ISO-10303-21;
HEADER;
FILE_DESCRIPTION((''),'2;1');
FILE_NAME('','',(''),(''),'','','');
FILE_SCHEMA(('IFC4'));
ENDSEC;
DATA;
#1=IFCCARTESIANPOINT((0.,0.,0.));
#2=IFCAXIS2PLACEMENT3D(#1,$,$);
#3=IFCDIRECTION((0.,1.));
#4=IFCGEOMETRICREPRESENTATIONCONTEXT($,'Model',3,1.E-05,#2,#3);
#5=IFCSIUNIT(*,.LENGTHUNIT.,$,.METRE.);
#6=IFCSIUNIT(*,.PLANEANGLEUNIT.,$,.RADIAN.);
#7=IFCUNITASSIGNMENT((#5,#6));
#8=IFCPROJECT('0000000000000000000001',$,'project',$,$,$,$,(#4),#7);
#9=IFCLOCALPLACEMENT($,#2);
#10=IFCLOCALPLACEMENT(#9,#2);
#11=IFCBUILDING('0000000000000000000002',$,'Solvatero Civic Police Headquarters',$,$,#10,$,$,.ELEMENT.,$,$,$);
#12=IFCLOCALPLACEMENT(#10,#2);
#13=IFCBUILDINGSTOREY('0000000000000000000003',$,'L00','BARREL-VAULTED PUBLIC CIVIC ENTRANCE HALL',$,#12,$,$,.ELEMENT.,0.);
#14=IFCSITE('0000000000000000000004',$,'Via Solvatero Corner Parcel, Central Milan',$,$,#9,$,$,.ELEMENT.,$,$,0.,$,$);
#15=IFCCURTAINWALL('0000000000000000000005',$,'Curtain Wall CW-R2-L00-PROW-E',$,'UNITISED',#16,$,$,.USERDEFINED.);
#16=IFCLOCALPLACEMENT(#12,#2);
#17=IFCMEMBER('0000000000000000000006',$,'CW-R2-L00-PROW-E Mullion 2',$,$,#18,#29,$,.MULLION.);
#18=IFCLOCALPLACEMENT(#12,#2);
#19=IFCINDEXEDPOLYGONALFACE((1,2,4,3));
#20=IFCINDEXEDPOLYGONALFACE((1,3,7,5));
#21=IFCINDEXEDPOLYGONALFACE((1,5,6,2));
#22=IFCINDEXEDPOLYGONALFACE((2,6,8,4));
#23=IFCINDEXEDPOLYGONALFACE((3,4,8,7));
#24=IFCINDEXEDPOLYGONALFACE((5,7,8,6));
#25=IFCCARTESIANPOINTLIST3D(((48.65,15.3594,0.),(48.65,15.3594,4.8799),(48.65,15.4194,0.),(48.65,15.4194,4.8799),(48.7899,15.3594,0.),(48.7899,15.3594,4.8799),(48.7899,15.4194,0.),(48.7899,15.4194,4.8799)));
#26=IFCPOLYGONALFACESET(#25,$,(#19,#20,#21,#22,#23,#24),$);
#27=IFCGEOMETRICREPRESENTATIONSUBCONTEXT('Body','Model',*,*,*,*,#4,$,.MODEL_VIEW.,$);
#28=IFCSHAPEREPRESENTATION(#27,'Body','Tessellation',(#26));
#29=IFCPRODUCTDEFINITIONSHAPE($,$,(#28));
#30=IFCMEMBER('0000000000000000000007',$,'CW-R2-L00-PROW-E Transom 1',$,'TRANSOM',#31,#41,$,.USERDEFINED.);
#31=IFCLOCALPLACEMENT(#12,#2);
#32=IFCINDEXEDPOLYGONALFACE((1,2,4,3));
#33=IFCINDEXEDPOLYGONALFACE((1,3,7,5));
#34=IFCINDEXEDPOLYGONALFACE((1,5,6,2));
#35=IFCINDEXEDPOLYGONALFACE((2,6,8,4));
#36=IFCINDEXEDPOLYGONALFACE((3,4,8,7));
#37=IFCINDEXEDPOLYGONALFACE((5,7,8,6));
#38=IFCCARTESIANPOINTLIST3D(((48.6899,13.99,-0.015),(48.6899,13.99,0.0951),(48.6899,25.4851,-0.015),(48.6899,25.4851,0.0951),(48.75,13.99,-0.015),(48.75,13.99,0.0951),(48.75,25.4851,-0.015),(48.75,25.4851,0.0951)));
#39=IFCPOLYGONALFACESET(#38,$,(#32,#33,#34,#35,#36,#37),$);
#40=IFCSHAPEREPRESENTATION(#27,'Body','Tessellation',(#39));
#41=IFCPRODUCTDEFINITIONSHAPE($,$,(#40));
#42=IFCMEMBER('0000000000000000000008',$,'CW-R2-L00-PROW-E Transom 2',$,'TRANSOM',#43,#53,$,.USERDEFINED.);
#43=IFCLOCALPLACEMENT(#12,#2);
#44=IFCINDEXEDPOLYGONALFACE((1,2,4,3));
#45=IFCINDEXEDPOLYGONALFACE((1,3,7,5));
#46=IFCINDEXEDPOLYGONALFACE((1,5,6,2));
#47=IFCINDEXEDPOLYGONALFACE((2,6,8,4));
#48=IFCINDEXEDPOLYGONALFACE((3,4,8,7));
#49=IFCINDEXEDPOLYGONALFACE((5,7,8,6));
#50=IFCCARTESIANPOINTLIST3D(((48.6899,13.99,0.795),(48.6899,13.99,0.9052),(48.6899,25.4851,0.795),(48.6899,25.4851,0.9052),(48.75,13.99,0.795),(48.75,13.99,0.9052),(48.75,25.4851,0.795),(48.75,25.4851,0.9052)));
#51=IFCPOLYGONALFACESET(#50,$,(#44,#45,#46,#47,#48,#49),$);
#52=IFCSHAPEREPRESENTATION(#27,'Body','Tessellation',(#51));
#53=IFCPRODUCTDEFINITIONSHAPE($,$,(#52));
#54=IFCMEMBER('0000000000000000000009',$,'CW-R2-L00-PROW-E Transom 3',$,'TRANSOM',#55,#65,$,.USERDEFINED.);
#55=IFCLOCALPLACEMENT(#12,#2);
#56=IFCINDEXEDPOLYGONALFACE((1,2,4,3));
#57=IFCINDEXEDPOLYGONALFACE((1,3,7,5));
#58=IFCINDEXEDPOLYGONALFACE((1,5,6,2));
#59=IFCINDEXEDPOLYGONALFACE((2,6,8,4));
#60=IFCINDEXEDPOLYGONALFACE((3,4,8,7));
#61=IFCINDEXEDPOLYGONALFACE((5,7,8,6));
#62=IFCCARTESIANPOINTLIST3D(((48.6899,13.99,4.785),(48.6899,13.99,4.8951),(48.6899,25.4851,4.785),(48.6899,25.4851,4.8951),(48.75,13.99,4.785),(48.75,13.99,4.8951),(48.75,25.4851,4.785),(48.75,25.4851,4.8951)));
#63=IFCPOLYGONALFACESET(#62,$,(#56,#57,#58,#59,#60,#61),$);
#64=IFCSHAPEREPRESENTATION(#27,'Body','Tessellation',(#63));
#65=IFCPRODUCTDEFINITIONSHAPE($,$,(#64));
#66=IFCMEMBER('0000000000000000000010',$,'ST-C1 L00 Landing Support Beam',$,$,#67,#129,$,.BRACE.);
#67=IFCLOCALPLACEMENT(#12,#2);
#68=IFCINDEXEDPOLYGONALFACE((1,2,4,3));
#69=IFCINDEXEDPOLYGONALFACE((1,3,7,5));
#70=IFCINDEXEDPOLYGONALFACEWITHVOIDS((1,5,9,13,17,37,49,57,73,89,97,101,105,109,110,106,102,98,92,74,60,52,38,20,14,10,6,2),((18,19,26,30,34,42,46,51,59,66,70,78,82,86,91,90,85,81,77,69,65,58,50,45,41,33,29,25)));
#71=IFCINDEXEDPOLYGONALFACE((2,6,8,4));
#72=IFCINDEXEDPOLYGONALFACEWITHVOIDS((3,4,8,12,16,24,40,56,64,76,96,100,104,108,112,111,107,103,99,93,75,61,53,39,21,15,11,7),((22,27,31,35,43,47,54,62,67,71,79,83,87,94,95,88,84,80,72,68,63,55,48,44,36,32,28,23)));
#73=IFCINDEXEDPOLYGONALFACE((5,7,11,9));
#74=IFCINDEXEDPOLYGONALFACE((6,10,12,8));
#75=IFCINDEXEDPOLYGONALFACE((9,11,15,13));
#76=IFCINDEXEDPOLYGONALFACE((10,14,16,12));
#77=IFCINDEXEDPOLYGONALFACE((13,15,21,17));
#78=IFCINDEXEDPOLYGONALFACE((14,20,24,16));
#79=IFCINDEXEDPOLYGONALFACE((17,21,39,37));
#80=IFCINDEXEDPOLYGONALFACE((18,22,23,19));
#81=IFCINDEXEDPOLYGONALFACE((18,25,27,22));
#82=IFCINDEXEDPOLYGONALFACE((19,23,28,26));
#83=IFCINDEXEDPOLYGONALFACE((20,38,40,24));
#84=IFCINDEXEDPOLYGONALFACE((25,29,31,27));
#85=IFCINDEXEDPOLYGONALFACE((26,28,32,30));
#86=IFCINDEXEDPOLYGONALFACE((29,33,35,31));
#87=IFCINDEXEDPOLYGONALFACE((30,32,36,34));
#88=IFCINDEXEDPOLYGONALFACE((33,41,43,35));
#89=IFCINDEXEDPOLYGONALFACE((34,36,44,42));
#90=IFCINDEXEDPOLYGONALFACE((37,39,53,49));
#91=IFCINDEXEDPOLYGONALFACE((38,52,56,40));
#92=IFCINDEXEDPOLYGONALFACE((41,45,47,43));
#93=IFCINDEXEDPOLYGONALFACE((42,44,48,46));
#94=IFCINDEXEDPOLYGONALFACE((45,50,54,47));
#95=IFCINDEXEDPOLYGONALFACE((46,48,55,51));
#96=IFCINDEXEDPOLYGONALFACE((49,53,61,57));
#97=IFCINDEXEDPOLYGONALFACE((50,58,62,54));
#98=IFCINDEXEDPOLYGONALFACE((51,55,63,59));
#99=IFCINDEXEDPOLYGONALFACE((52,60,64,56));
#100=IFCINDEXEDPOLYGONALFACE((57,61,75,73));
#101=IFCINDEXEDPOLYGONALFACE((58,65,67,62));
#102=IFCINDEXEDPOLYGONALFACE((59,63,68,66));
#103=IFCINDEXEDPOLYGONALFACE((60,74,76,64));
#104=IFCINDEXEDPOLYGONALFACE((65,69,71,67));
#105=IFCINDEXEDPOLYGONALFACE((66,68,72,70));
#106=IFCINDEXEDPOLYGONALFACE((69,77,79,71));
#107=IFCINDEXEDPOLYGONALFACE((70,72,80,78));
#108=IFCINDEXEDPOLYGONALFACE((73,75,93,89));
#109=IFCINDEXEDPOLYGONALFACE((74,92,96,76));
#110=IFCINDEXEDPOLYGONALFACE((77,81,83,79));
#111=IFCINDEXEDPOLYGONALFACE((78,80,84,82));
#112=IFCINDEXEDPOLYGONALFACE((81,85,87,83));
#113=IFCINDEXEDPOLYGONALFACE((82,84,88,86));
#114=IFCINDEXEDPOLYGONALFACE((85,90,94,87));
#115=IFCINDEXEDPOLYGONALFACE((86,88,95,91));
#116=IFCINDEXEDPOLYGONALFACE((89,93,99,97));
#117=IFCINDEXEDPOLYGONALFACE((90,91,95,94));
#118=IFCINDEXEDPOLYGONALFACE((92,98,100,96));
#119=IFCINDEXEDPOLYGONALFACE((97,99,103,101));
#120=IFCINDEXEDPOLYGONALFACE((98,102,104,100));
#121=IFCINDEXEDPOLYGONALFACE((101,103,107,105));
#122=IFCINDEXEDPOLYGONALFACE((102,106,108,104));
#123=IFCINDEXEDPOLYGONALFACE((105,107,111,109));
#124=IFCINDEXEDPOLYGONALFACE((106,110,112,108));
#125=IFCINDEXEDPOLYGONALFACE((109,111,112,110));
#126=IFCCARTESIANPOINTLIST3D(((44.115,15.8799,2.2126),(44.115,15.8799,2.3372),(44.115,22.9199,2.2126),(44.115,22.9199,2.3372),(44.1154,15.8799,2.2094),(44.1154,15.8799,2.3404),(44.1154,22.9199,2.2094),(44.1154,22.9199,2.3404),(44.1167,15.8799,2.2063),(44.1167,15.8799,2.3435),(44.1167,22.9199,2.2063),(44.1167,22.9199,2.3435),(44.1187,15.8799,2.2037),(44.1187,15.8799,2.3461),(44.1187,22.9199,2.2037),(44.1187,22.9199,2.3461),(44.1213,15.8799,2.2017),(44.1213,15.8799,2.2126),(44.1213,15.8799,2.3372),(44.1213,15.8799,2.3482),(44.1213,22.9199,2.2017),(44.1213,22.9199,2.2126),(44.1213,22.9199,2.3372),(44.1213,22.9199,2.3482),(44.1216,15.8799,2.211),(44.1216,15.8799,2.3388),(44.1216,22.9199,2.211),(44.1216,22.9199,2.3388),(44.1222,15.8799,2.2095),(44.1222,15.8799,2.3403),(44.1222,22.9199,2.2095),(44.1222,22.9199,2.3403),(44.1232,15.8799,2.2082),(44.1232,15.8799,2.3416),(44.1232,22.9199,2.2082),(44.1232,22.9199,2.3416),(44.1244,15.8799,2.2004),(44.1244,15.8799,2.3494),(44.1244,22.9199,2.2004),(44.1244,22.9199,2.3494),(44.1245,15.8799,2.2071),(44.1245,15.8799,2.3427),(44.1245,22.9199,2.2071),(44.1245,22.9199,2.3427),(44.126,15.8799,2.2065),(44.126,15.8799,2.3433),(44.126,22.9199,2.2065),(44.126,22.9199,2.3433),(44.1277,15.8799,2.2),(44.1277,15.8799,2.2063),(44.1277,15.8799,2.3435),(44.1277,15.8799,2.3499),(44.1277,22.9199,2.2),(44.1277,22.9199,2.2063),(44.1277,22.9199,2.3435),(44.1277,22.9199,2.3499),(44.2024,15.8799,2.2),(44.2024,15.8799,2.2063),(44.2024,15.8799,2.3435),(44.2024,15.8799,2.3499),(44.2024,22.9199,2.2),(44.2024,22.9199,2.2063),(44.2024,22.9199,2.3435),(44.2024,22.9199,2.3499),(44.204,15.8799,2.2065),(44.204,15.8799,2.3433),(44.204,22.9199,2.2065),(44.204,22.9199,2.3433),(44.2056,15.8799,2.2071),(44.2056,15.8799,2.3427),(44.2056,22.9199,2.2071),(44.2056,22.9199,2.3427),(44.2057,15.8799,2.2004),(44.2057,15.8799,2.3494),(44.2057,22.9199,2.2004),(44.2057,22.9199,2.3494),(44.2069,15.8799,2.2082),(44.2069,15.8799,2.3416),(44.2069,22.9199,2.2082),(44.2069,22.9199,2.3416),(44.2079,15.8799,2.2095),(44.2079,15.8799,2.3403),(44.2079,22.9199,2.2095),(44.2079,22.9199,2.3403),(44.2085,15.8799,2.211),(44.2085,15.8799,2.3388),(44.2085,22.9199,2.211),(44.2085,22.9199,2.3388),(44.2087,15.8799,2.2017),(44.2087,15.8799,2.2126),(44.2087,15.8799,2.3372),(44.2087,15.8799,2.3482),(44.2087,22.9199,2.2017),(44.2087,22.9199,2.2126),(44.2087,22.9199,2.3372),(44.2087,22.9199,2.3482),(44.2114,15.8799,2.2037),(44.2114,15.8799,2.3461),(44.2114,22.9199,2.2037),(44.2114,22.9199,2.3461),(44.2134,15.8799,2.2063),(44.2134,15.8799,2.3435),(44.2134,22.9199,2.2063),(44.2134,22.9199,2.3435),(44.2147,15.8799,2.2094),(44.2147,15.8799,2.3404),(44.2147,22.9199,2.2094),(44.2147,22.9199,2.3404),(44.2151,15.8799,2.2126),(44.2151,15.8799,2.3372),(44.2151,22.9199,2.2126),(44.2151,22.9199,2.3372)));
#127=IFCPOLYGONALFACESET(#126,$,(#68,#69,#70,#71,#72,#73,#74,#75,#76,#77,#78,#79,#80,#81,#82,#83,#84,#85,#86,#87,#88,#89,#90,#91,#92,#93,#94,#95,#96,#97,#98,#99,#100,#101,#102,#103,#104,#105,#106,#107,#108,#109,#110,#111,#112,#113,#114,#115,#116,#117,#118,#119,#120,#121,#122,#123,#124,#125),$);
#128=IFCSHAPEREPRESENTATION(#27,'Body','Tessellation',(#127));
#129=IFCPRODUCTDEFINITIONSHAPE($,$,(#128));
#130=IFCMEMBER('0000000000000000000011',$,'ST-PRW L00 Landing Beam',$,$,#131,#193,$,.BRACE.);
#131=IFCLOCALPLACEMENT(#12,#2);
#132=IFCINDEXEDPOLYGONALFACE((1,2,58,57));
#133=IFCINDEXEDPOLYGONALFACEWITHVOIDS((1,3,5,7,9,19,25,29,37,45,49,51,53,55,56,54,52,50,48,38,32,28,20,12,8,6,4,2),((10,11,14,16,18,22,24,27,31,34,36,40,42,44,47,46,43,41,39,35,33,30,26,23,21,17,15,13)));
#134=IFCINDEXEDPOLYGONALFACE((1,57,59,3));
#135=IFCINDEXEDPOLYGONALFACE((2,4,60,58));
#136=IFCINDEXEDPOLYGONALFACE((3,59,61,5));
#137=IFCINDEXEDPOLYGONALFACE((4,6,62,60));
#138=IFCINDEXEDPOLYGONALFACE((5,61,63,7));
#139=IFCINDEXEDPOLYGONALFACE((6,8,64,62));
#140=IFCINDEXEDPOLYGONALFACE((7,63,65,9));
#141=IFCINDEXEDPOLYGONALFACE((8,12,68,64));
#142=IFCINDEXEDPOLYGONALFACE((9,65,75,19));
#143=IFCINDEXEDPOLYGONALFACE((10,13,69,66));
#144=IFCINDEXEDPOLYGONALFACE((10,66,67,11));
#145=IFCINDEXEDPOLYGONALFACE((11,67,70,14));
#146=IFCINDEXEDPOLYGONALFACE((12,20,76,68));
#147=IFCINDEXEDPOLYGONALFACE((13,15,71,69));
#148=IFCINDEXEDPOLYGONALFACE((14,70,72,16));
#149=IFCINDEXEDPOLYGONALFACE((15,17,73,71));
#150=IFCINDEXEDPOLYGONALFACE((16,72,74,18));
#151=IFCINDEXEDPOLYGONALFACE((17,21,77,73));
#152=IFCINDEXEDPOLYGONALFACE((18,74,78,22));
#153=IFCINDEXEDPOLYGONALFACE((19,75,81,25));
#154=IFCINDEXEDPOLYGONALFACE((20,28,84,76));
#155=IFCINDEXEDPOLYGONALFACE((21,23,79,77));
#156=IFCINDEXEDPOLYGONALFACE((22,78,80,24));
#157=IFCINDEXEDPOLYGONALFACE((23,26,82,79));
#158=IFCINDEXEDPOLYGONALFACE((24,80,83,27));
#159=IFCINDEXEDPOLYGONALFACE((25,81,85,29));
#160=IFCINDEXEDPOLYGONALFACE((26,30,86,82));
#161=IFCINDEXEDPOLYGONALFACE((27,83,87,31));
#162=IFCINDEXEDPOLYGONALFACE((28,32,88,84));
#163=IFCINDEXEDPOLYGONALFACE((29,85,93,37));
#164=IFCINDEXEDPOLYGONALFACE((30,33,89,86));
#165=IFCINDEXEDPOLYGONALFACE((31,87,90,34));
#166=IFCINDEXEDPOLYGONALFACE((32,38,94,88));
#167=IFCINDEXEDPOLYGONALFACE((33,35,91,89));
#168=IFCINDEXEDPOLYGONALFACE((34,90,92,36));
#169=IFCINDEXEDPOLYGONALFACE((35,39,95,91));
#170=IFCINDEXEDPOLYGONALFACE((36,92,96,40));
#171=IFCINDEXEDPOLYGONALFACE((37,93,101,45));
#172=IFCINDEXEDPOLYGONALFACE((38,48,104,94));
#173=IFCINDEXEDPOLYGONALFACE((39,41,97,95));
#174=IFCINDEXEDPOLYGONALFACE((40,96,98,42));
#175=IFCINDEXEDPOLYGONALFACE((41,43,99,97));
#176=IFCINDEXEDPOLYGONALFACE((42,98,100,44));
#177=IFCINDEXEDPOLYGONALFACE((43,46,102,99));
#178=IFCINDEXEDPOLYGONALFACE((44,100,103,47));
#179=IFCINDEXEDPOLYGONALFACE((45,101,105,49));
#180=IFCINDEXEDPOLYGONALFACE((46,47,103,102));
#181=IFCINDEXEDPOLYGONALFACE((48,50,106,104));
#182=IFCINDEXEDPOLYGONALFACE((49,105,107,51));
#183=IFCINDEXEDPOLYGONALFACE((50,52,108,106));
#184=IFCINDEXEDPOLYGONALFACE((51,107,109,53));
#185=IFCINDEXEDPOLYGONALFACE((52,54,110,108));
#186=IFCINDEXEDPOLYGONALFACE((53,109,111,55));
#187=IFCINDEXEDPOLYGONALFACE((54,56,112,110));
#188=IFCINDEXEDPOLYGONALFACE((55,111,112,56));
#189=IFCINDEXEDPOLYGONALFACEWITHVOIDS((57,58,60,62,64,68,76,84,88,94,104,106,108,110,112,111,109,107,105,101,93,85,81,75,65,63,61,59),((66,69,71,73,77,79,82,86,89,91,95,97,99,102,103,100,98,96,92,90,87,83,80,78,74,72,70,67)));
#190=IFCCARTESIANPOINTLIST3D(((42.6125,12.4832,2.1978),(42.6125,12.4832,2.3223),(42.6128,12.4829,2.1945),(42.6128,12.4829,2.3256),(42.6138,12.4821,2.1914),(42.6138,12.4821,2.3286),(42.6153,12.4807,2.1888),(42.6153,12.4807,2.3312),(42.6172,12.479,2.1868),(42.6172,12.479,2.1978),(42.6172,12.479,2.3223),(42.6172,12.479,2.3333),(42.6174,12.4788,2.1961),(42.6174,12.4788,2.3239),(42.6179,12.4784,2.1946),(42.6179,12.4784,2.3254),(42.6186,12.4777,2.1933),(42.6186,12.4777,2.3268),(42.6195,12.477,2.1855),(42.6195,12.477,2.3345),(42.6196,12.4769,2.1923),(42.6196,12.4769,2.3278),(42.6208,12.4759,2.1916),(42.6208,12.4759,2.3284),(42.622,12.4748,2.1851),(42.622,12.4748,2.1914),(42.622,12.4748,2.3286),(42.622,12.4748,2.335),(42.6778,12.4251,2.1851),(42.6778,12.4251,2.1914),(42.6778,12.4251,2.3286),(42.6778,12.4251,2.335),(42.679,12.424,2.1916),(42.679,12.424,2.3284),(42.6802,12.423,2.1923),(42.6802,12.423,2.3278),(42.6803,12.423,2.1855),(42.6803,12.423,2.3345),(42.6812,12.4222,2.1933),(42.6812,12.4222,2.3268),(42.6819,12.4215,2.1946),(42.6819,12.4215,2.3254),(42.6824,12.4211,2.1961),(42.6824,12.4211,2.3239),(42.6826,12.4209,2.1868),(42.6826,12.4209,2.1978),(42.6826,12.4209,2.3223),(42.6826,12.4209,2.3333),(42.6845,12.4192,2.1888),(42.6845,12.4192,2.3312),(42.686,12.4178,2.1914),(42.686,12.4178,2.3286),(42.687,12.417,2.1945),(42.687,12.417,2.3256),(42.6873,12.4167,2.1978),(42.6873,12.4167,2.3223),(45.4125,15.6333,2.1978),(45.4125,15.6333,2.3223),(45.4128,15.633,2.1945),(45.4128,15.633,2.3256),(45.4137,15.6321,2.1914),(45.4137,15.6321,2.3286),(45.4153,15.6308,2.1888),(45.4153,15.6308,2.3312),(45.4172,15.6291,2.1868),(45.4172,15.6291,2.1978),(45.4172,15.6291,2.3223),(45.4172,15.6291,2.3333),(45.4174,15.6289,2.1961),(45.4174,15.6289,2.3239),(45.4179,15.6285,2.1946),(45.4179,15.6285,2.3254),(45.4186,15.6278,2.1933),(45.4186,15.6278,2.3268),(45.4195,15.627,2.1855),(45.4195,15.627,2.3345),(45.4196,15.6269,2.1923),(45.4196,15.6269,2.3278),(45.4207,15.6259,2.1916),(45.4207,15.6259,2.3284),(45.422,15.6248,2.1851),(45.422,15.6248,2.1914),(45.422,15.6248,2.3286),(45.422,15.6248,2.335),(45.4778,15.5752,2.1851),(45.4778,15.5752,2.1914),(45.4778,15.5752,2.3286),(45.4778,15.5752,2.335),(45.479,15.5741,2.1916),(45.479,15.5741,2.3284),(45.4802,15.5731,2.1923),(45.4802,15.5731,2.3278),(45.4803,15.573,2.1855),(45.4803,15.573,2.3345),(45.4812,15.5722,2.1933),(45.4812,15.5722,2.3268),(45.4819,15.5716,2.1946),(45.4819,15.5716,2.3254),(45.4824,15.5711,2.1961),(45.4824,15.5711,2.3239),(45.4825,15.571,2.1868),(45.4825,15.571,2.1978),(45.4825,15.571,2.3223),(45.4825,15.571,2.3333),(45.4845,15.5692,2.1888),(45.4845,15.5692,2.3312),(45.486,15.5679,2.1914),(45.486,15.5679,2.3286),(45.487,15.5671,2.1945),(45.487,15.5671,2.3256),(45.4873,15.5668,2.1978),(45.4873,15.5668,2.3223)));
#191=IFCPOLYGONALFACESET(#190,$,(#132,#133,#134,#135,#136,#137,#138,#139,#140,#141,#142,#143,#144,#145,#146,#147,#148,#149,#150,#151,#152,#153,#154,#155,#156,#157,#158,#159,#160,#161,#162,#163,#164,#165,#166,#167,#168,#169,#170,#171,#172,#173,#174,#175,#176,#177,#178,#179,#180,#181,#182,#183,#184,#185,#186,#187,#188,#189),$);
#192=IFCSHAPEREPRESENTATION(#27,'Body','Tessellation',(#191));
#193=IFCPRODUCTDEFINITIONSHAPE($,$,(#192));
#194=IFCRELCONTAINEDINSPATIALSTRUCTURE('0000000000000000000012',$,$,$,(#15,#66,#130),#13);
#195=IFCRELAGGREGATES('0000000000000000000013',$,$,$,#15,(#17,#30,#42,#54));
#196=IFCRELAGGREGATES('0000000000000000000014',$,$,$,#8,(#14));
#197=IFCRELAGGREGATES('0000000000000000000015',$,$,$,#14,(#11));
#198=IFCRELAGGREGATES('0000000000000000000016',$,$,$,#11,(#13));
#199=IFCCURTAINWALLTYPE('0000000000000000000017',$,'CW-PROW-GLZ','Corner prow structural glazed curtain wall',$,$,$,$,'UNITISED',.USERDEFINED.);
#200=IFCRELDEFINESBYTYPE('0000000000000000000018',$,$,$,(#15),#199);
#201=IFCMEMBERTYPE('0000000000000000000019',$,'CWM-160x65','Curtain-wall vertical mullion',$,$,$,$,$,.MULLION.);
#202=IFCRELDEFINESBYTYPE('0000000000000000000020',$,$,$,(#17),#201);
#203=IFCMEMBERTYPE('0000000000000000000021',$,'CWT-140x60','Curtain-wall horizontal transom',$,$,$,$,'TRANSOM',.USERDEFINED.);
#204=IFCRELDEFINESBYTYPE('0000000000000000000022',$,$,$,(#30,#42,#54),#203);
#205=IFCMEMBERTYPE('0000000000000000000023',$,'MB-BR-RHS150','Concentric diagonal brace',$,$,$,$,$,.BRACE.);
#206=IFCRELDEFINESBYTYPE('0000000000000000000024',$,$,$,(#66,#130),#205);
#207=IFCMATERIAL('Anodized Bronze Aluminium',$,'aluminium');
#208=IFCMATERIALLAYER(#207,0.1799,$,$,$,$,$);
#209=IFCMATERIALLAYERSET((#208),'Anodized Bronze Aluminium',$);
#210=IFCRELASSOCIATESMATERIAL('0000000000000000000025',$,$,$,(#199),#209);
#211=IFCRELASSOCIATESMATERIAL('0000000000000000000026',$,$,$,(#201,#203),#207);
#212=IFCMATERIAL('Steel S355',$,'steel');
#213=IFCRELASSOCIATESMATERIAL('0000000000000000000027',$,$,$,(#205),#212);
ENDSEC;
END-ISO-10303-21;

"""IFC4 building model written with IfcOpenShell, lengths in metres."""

from ifc_helpers import new_model, si_unit, direction, frame, origin, origin_2d, place, context, subcontext, project, spatial, rectangle, hollow_rectangle, extrude, material, layer, layer_set, material_profile, profile_set, type_object, element, aggregate, save


model = new_model("IFC4")

# Units and contexts
model_context = context("Model", 3, precision=1e-05, world=origin(), true_north=direction((0.0, 1.0)))
body_context = subcontext(model_context, "Body", "Model", "MODEL_VIEW")
ifc_project = project(units=[si_unit("LENGTHUNIT", "METRE"), si_unit("PLANEANGLEUNIT", "RADIAN")], contexts=[model_context])

# Site, building, storey
site_placement = place(None, origin())
site = spatial("IfcSite", under=ifc_project, at=site_placement, Name="Via Solvatero Corner Parcel, Central Milan", CompositionType="ELEMENT", RefElevation=0.0)
building_placement = place(site_placement, origin())
building = spatial("IfcBuilding", under=site, at=building_placement, Name="Solvatero Civic Police Headquarters", CompositionType="ELEMENT")
storey_placement = place(building_placement, origin())
storey = spatial("IfcBuildingStorey", under=building, at=storey_placement, Name="L00", Description="BARREL-VAULTED PUBLIC CIVIC ENTRANCE HALL", CompositionType="ELEMENT", Elevation=0.0)

# Shared definitions
ifc_material_1 = material(Name="Steel S355", Category="steel")

# Curtain wall, members
ifc_material_2 = material(Name="Anodized Bronze Aluminium", Category="aluminium")
ifc_layer_1 = layer(ifc_material_2, 0.1799)
ifc_layer_set_1 = layer_set([ifc_layer_1], Name="Anodized Bronze Aluminium")
curtain_wall_type = type_object("IfcCurtainWallType", Name="CW-PROW-GLZ", Description="Corner prow structural glazed curtain wall", ElementType="UNITISED", PredefinedType="USERDEFINED", material=ifc_layer_set_1)
curtain_wall_placement = place(storey_placement, origin())
curtain_wall = element("IfcCurtainWall", 1, at=curtain_wall_placement, inside=storey, type_object=curtain_wall_type, Name="Curtain Wall CW-R2-L00-PROW-E", ObjectType="UNITISED", PredefinedType="USERDEFINED")
ifc_material_profile_1 = material_profile(ifc_material_2, rectangle(XDim=0.0601, YDim=0.1399, at=origin_2d()), Name="ALU MULLION 60x140")
ifc_profile_set_1 = profile_set([ifc_material_profile_1], Name="Anodized Bronze Aluminium")
member_type_1 = type_object("IfcMemberType", Name="CWM-160x65", Description="Curtain-wall vertical mullion", PredefinedType="MULLION", material=ifc_profile_set_1)
member_1_placement = place(storey_placement, frame((48.72, 15.3894, 0.0), z_axis=(0.0, 0.0, 1.0), x_axis=(0.0, 1.0, 0.0)))
member_1 = element("IfcMember", 2, at=member_1_placement, type_object=member_type_1, Name="CW-R2-L00-PROW-E Mullion 2", PredefinedType="MULLION", context=body_context, shape_type="SweptSolid", body=[
    extrude(rectangle(XDim=0.0601, YDim=0.1399, at=origin_2d()), origin(), (0.0, 0.0, 1.0), 4.8799),
])
ifc_material_profile_2 = material_profile(ifc_material_2, rectangle(XDim=0.0601, YDim=0.1101, at=origin_2d()), Name="ALU TRANSOM 60x110")
ifc_profile_set_2 = profile_set([ifc_material_profile_2], Name="Anodized Bronze Aluminium")
member_type_2 = type_object("IfcMemberType", Name="CWT-140x60", Description="Curtain-wall horizontal transom", ElementType="TRANSOM", PredefinedType="USERDEFINED", material=ifc_profile_set_2)
member_2_placement = place(storey_placement, frame((48.72, 13.99, 0.04), z_axis=(0.0, 1.0, 0.0), x_axis=(-1.0, 0.0, 0.0)))
member_2 = element("IfcMember", 3, at=member_2_placement, type_object=member_type_2, Name="CW-R2-L00-PROW-E Transom 1", ObjectType="TRANSOM", PredefinedType="USERDEFINED", context=body_context, shape_type="SweptSolid", body=[
    extrude(rectangle(XDim=0.0601, YDim=0.1101, at=origin_2d()), origin(), (0.0, 0.0, 1.0), 11.4951),
])
member_3_placement = place(storey_placement, frame((48.72, 13.99, 0.8501), z_axis=(0.0, 1.0, 0.0), x_axis=(-1.0, 0.0, 0.0)))
member_3 = element("IfcMember", 4, at=member_3_placement, type_object=member_type_2, Name="CW-R2-L00-PROW-E Transom 2", ObjectType="TRANSOM", PredefinedType="USERDEFINED", context=body_context, shape_type="SweptSolid", body=[
    extrude(rectangle(XDim=0.0601, YDim=0.1101, at=origin_2d()), origin(), (0.0, 0.0, 1.0), 11.4951),
])
member_4_placement = place(storey_placement, frame((48.72, 13.99, 4.8401), z_axis=(0.0, 1.0, 0.0), x_axis=(-1.0, 0.0, 0.0)))
member_4 = element("IfcMember", 5, at=member_4_placement, type_object=member_type_2, Name="CW-R2-L00-PROW-E Transom 3", ObjectType="TRANSOM", PredefinedType="USERDEFINED", context=body_context, shape_type="SweptSolid", body=[
    extrude(rectangle(XDim=0.0601, YDim=0.1101, at=origin_2d()), origin(), (0.0, 0.0, 1.0), 11.4951),
])

# Members
ifc_material_profile_3 = material_profile(ifc_material_1, hollow_rectangle(XDim=0.1001, YDim=0.1499, WallThickness=0.0063, InnerFilletRadius=0.0063, OuterFilletRadius=0.0127, at=origin_2d()), Name="RHS 150x100x6.3")
ifc_profile_set_3 = profile_set([ifc_material_profile_3], Name="Steel S355")
member_type_3 = type_object("IfcMemberType", Name="MB-BR-RHS150", Description="Concentric diagonal brace", PredefinedType="BRACE", material=ifc_profile_set_3)
member_5_placement = place(storey_placement, frame((44.165, 15.8799, 2.2749), z_axis=(0.0, 1.0, 0.0), x_axis=(-1.0, 0.0, 0.0)))
element("IfcMember", 6, at=member_5_placement, inside=storey, type_object=member_type_3, Name="ST-C1 L00 Landing Support Beam", PredefinedType="BRACE", context=body_context, shape_type="SweptSolid", body=[
    extrude(hollow_rectangle(XDim=0.1001, YDim=0.1499, WallThickness=0.0063, InnerFilletRadius=0.0063, OuterFilletRadius=0.0127, at=origin_2d()), origin(), (0.0, 0.0, 1.0), 7.04),
])
member_6_placement = place(storey_placement, frame((42.6499, 12.45, 2.26), z_axis=(0.664353, 0.747419, 0.0), x_axis=(-0.747419, 0.664353, 0.0)))
element("IfcMember", 7, at=member_6_placement, inside=storey, type_object=member_type_3, Name="ST-PRW L00 Landing Beam", PredefinedType="BRACE", context=body_context, shape_type="SweptSolid", body=[
    extrude(hollow_rectangle(XDim=0.1001, YDim=0.1499, WallThickness=0.0063, InnerFilletRadius=0.0063, OuterFilletRadius=0.0127, at=origin_2d()), origin(), (0.0, 0.0, 1.0), 4.2146),
])

aggregate(curtain_wall, [member_1, member_2, member_3, member_4])

save(model, "model.ifc")
